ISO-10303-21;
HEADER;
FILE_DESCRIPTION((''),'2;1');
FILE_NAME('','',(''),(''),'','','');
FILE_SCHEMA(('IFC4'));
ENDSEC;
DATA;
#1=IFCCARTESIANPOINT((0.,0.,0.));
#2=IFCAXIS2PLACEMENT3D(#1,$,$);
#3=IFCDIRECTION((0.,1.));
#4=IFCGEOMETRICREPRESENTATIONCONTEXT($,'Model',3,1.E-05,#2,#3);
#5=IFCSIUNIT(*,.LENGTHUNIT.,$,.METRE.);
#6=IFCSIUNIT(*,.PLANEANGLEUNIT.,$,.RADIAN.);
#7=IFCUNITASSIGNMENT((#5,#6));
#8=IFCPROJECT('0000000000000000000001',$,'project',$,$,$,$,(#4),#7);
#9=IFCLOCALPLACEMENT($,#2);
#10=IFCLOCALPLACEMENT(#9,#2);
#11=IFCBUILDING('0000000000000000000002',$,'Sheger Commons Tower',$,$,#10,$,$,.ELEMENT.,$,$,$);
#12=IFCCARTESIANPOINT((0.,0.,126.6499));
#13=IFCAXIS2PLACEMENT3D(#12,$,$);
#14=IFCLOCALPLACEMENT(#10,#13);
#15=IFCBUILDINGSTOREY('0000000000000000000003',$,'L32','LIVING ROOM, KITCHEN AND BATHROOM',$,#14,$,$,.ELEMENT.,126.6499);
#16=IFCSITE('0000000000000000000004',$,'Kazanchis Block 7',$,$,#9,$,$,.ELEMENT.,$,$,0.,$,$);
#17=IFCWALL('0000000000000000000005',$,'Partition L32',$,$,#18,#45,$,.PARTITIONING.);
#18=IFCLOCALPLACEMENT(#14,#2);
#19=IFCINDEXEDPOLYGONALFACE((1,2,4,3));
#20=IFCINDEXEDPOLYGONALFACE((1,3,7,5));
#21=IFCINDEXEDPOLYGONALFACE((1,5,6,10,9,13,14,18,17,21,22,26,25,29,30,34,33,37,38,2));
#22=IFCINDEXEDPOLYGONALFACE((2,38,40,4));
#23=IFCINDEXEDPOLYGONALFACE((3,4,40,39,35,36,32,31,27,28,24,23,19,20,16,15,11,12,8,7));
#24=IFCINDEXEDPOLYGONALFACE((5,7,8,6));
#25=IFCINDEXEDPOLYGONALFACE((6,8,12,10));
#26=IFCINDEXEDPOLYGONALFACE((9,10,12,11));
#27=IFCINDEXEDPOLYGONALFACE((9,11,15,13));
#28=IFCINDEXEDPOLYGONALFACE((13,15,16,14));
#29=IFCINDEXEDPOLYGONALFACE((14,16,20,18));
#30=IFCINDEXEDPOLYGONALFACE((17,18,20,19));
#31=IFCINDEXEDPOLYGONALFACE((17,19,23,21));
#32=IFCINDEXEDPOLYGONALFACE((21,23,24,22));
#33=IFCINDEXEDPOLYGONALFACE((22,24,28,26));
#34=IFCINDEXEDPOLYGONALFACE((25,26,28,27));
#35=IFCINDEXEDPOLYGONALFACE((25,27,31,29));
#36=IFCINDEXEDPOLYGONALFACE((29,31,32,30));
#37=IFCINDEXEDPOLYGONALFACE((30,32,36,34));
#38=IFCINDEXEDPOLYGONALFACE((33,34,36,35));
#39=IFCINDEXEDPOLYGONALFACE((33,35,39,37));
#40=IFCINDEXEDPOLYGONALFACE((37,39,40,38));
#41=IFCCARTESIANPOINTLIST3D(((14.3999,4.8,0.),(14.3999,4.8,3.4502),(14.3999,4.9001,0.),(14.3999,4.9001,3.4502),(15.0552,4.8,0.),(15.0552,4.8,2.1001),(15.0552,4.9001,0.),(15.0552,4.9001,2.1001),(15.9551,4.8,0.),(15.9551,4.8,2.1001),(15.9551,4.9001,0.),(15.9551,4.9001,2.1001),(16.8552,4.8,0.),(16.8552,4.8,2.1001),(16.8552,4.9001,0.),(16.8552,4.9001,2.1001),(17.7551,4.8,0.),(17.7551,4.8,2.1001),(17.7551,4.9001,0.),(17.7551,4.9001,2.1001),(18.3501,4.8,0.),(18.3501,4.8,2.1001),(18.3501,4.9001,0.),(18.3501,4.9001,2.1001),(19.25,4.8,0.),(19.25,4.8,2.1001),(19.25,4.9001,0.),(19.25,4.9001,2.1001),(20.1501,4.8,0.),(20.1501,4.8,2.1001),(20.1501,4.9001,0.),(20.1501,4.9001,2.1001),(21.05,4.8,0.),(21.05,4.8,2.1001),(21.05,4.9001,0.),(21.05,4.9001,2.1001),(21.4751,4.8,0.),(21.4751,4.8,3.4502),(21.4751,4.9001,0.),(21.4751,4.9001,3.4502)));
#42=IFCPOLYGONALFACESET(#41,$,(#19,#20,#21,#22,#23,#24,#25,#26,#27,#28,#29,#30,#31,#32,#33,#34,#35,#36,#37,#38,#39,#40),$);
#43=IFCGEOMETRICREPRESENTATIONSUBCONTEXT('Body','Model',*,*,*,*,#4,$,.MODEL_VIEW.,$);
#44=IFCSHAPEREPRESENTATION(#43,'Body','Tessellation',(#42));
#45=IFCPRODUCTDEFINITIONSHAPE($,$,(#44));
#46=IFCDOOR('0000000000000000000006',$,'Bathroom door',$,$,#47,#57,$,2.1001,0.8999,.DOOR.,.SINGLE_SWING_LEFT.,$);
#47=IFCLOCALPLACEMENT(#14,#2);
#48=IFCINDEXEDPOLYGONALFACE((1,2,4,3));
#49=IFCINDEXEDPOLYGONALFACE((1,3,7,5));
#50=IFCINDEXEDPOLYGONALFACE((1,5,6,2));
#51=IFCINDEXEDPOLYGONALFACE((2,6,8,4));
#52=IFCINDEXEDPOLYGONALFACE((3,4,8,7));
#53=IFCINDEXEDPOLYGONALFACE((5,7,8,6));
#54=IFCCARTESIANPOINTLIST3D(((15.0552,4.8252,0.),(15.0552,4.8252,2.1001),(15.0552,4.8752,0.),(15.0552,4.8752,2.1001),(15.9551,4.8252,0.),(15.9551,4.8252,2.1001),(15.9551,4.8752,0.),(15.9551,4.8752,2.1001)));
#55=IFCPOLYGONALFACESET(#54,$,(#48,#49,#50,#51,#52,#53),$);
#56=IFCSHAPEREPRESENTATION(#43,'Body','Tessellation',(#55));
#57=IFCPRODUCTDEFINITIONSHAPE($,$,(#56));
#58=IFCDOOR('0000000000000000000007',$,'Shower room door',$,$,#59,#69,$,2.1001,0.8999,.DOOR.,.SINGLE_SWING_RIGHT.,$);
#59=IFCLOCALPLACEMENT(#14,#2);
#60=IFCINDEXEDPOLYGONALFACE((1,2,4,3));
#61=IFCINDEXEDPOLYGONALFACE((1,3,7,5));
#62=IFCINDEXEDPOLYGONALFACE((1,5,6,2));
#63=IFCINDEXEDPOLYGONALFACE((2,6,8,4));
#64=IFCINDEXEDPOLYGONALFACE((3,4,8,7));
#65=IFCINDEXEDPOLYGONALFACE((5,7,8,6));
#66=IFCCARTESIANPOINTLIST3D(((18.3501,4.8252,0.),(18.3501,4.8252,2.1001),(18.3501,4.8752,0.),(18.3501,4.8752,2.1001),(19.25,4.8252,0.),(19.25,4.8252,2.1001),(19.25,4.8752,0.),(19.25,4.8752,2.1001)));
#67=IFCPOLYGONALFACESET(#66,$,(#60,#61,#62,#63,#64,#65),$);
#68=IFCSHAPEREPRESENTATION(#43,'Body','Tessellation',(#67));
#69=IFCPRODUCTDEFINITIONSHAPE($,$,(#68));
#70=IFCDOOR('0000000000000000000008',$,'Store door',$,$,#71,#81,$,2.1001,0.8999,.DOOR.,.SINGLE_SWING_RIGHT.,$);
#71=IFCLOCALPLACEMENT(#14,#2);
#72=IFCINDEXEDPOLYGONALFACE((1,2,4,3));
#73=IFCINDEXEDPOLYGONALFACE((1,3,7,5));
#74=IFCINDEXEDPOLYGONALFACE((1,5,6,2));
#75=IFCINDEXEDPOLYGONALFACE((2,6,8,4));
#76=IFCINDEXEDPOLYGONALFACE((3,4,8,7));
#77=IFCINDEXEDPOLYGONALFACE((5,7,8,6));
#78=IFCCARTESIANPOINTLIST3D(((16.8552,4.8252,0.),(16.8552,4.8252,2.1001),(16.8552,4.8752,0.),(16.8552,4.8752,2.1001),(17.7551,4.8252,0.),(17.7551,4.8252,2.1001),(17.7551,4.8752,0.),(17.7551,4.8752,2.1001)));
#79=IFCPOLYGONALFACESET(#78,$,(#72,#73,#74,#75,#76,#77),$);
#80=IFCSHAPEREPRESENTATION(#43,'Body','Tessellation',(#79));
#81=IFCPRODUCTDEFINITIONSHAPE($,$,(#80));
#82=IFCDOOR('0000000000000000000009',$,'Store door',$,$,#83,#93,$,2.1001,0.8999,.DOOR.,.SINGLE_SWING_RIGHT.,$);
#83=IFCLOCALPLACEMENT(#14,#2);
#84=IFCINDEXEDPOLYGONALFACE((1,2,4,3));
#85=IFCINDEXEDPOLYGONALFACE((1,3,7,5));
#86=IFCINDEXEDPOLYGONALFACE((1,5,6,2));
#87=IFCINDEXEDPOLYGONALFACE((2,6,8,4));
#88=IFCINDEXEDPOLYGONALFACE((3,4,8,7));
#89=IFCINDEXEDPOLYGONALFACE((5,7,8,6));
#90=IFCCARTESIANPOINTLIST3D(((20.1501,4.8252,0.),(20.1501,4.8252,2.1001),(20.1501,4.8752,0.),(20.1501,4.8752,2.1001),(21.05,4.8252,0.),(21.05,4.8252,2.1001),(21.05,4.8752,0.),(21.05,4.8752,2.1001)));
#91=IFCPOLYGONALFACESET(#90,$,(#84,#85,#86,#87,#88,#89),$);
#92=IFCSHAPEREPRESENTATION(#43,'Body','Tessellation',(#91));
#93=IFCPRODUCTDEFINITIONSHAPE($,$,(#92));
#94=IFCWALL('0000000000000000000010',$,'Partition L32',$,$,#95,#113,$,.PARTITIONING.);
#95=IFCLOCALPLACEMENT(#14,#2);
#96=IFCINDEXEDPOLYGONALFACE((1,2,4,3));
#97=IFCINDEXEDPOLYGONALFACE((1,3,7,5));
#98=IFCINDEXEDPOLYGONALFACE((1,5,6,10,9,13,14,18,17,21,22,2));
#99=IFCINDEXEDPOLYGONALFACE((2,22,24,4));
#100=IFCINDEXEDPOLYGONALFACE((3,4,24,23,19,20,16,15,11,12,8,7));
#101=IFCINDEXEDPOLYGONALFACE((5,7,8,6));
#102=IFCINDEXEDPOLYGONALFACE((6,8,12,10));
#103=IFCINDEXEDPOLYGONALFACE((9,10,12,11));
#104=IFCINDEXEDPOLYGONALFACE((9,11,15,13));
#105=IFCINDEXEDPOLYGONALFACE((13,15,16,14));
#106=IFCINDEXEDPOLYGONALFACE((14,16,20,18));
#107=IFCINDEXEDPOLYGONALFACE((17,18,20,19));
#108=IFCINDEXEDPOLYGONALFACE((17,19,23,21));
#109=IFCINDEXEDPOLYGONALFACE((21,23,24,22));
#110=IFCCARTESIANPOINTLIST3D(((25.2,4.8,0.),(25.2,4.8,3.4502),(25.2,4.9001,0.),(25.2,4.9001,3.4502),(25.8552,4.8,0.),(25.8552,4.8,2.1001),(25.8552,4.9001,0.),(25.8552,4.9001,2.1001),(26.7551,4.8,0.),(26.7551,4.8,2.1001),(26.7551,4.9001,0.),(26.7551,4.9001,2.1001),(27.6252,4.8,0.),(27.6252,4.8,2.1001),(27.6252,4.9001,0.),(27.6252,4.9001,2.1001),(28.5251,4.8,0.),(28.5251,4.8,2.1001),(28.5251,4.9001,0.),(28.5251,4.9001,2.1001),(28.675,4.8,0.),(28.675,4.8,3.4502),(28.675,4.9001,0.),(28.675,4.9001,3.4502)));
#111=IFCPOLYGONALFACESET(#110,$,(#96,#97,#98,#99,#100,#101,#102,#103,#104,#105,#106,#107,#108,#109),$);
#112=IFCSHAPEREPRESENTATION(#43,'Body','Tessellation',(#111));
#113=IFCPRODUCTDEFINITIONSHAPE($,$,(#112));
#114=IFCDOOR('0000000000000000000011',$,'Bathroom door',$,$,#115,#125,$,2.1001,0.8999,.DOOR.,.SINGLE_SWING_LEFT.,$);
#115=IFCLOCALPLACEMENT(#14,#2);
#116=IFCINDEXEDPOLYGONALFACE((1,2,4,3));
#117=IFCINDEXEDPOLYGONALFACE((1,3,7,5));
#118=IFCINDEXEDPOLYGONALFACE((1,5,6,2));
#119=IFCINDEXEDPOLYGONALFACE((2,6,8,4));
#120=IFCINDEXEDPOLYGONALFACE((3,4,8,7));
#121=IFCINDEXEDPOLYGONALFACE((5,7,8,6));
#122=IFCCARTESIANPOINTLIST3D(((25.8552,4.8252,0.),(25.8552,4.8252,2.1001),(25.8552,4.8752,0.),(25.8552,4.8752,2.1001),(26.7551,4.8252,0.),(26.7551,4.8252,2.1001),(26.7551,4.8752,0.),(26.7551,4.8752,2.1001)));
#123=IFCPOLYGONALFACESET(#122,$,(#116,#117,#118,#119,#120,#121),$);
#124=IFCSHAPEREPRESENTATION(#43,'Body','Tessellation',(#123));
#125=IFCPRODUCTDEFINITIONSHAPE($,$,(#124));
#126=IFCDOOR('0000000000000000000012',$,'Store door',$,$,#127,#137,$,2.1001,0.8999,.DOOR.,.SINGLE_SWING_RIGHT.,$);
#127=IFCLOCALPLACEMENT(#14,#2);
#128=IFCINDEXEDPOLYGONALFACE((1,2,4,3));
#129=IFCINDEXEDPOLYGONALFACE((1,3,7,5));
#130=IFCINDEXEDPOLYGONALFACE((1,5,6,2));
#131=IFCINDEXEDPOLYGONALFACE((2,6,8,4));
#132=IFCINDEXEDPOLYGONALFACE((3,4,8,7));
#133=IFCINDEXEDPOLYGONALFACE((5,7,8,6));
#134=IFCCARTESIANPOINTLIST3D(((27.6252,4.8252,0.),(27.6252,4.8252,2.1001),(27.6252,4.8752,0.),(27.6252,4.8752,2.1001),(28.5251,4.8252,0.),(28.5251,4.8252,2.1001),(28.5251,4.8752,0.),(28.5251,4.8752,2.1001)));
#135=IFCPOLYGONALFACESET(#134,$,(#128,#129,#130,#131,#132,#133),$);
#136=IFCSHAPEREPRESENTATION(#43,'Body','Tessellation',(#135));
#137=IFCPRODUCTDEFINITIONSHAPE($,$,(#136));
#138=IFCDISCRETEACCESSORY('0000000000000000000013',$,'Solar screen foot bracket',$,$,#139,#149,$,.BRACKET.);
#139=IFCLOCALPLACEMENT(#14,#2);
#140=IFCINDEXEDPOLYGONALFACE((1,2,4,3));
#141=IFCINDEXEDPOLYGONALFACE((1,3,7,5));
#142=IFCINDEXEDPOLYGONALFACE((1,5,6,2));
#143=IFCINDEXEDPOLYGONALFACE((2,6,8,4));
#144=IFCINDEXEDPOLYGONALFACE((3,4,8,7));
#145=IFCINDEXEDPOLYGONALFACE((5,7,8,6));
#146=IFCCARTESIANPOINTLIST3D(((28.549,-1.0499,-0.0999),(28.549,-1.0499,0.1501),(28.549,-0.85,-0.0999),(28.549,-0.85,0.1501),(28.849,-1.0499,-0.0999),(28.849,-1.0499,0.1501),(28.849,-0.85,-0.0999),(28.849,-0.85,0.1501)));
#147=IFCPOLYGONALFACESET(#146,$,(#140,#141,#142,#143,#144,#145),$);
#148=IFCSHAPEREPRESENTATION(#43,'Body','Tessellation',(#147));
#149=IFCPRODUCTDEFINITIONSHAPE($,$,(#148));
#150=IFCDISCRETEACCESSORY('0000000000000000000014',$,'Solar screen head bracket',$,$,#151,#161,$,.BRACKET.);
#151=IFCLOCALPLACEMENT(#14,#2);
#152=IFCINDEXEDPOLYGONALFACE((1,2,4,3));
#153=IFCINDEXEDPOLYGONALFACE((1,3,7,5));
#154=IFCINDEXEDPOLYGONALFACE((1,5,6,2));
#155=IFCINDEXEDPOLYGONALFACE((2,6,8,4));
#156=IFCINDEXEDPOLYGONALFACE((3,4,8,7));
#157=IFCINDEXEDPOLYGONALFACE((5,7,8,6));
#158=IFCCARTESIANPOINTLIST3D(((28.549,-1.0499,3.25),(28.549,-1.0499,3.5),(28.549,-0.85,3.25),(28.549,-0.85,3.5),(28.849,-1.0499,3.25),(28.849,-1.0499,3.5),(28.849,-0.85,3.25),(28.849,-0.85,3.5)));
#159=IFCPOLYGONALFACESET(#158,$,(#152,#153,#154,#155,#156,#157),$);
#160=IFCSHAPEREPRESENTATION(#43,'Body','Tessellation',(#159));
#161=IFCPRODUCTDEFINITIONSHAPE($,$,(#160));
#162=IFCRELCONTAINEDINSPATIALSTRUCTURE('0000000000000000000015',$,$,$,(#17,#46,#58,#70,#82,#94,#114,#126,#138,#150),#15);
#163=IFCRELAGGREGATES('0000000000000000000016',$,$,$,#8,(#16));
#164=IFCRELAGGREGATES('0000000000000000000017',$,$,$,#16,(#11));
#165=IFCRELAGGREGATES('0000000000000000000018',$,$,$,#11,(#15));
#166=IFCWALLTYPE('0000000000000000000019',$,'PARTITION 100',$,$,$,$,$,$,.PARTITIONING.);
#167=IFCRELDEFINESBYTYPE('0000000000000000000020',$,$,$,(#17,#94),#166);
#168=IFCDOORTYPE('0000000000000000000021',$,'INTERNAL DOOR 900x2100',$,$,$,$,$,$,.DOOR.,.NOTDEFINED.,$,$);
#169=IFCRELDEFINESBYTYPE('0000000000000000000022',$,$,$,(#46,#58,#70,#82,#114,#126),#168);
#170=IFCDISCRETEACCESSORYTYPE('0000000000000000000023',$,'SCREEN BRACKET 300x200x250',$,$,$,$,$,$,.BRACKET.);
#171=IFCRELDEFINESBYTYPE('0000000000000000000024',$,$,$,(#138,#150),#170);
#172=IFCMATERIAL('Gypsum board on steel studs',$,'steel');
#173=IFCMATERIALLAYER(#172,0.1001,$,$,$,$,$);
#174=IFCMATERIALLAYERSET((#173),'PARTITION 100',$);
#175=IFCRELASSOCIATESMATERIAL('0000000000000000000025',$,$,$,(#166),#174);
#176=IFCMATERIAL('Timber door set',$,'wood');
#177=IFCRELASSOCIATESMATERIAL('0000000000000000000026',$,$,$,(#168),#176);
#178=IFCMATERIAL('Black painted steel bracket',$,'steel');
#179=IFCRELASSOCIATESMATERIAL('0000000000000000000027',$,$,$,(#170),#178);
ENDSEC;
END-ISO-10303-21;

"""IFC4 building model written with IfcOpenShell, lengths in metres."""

from ifc_helpers import new_model, si_unit, direction, frame, frame_2d, origin, origin_2d, place, context, subcontext, project, spatial, rectangle, extrude, material, layer, layer_set, type_object, element, fill, save


model = new_model("IFC4")

# Units and contexts
model_context = context("Model", 3, precision=1e-05, world=origin(), true_north=direction((0.0, 1.0)))
body_context = subcontext(model_context, "Body", "Model", "MODEL_VIEW")
ifc_project = project(units=[si_unit("LENGTHUNIT", "METRE"), si_unit("PLANEANGLEUNIT", "RADIAN")], contexts=[model_context])

# Site, building, storey
site_placement = place(None, origin())
site = spatial("IfcSite", under=ifc_project, at=site_placement, Name="Kazanchis Block 7", CompositionType="ELEMENT", RefElevation=0.0)
building_placement = place(site_placement, origin())
building = spatial("IfcBuilding", under=site, at=building_placement, Name="Sheger Commons Tower", CompositionType="ELEMENT")
storey_placement = place(building_placement, frame((0.0, 0.0, 126.6499)))
storey = spatial("IfcBuildingStorey", under=building, at=storey_placement, Name="L32", Description="LIVING ROOM, KITCHEN AND BATHROOM", CompositionType="ELEMENT", Elevation=126.6499)

# Walls, openings, doors
ifc_material_1 = material(Name="Gypsum board on steel studs", Category="steel")
ifc_layer_1 = layer(ifc_material_1, 0.1001)
ifc_layer_set_1 = layer_set([ifc_layer_1], Name="PARTITION 100")
wall_type_1 = type_object("IfcWallType", Name="PARTITION 100", PredefinedType="PARTITIONING", material=ifc_layer_set_1)
ifc_material_2 = material(Name="Timber door set", Category="wood")
door_type = type_object("IfcDoorType", Name="INTERNAL DOOR 900x2100", OperationType="NOTDEFINED", PredefinedType="DOOR", material=ifc_material_2)
wall_1_placement = place(storey_placement, frame((21.4751, 4.8501, 0.0), z_axis=(0.0, 0.0, 1.0), x_axis=(-1.0, 0.0, 0.0)))
wall_1 = element("IfcWall", 1, at=wall_1_placement, inside=storey, type_object=wall_type_1, Name="Partition L32", PredefinedType="PARTITIONING", context=body_context, shape_type="SweptSolid", body=[
    extrude(rectangle(XDim=7.0752, YDim=0.1001, at=frame_2d((3.5376, 0.0))), origin(), (0.0, 0.0, 1.0), 3.4502),
])
opening_1_placement = place(wall_1_placement, frame((5.52, 0.0, 0.0)))
opening_1 = element("IfcOpeningElement", 2, at=opening_1_placement, cuts=wall_1, PredefinedType="OPENING", context=body_context, shape_type="SweptSolid", body=[
    extrude(rectangle(XDim=0.8999, YDim=2.1001, at=frame_2d((0.45, 1.05))), frame((0.0, 0.0601, 0.0), z_axis=(0.0, -1.0, 0.0), x_axis=(1.0, 0.0, 0.0)), (0.0, 0.0, 1.0), 0.1201),
])
opening_2_placement = place(wall_1_placement, frame((2.2251, 0.0, 0.0)))
opening_2 = element("IfcOpeningElement", 3, at=opening_2_placement, cuts=wall_1, PredefinedType="OPENING", context=body_context, shape_type="SweptSolid", body=[
    extrude(rectangle(XDim=0.8999, YDim=2.1001, at=frame_2d((0.45, 1.05))), frame((0.0, 0.0601, 0.0), z_axis=(0.0, -1.0, 0.0), x_axis=(1.0, 0.0, 0.0)), (0.0, 0.0, 1.0), 0.1201),
])
opening_3_placement = place(wall_1_placement, frame((3.72, 0.0, 0.0)))
opening_3 = element("IfcOpeningElement", 4, at=opening_3_placement, cuts=wall_1, PredefinedType="OPENING", context=body_context, shape_type="SweptSolid", body=[
    extrude(rectangle(XDim=0.8999, YDim=2.1001, at=frame_2d((0.45, 1.05))), frame((0.0, 0.0601, 0.0), z_axis=(0.0, -1.0, 0.0), x_axis=(1.0, 0.0, 0.0)), (0.0, 0.0, 1.0), 0.1201),
])
opening_4_placement = place(wall_1_placement, frame((0.425, 0.0, 0.0)))
opening_4 = element("IfcOpeningElement", 5, at=opening_4_placement, cuts=wall_1, PredefinedType="OPENING", context=body_context, shape_type="SweptSolid", body=[
    extrude(rectangle(XDim=0.8999, YDim=2.1001, at=frame_2d((0.45, 1.05))), frame((0.0, 0.0601, 0.0), z_axis=(0.0, -1.0, 0.0), x_axis=(1.0, 0.0, 0.0)), (0.0, 0.0, 1.0), 0.1201),
])
door_1_placement = place(opening_1_placement, origin())
door_1 = element("IfcDoor", 6, at=door_1_placement, inside=storey, type_object=door_type, Name="Bathroom door", OperationType="SINGLE_SWING_LEFT", OverallHeight=2.1001, OverallWidth=0.8999, PredefinedType="DOOR", context=body_context, shape_type="SweptSolid", body=[
    extrude(rectangle(XDim=0.8999, YDim=2.1001, at=frame_2d((0.45, 1.05))), frame((0.0, 0.0249, 0.0), z_axis=(0.0, -1.0, 0.0), x_axis=(1.0, 0.0, 0.0)), (0.0, 0.0, 1.0), 0.05),
])
fill(opening_1, door_1)
door_2_placement = place(opening_2_placement, origin())
door_2 = element("IfcDoor", 7, at=door_2_placement, inside=storey, type_object=door_type, Name="Shower room door", OperationType="SINGLE_SWING_RIGHT", OverallHeight=2.1001, OverallWidth=0.8999, PredefinedType="DOOR", context=body_context, shape_type="SweptSolid", body=[
    extrude(rectangle(XDim=0.8999, YDim=2.1001, at=frame_2d((0.45, 1.05))), frame((0.0, 0.0249, 0.0), z_axis=(0.0, -1.0, 0.0), x_axis=(1.0, 0.0, 0.0)), (0.0, 0.0, 1.0), 0.05),
])
fill(opening_2, door_2)
door_3_placement = place(opening_3_placement, origin())
door_3 = element("IfcDoor", 8, at=door_3_placement, inside=storey, type_object=door_type, Name="Store door", OperationType="SINGLE_SWING_RIGHT", OverallHeight=2.1001, OverallWidth=0.8999, PredefinedType="DOOR", context=body_context, shape_type="SweptSolid", body=[
    extrude(rectangle(XDim=0.8999, YDim=2.1001, at=frame_2d((0.45, 1.05))), frame((0.0, 0.0249, 0.0), z_axis=(0.0, -1.0, 0.0), x_axis=(1.0, 0.0, 0.0)), (0.0, 0.0, 1.0), 0.05),
])
fill(opening_3, door_3)
door_4_placement = place(opening_4_placement, origin())
door_4 = element("IfcDoor", 9, at=door_4_placement, inside=storey, type_object=door_type, Name="Store door", OperationType="SINGLE_SWING_RIGHT", OverallHeight=2.1001, OverallWidth=0.8999, PredefinedType="DOOR", context=body_context, shape_type="SweptSolid", body=[
    extrude(rectangle(XDim=0.8999, YDim=2.1001, at=frame_2d((0.45, 1.05))), frame((0.0, 0.0249, 0.0), z_axis=(0.0, -1.0, 0.0), x_axis=(1.0, 0.0, 0.0)), (0.0, 0.0, 1.0), 0.05),
])
fill(opening_4, door_4)
wall_2_placement = place(storey_placement, frame((28.675, 4.8501, 0.0), z_axis=(0.0, 0.0, 1.0), x_axis=(-1.0, 0.0, 0.0)))
wall_2 = element("IfcWall", 10, at=wall_2_placement, inside=storey, type_object=wall_type_1, Name="Partition L32", PredefinedType="PARTITIONING", context=body_context, shape_type="SweptSolid", body=[
    extrude(rectangle(XDim=3.4751, YDim=0.1001, at=frame_2d((1.7375, 0.0))), origin(), (0.0, 0.0, 1.0), 3.4502),
])
opening_5_placement = place(wall_2_placement, frame((1.9199, 0.0, 0.0)))
opening_5 = element("IfcOpeningElement", 11, at=opening_5_placement, cuts=wall_2, PredefinedType="OPENING", context=body_context, shape_type="SweptSolid", body=[
    extrude(rectangle(XDim=0.8999, YDim=2.1001, at=frame_2d((0.45, 1.05))), frame((0.0, 0.0601, 0.0), z_axis=(0.0, -1.0, 0.0), x_axis=(1.0, 0.0, 0.0)), (0.0, 0.0, 1.0), 0.1201),
])
opening_6_placement = place(wall_2_placement, frame((0.1499, 0.0, 0.0)))
opening_6 = element("IfcOpeningElement", 12, at=opening_6_placement, cuts=wall_2, PredefinedType="OPENING", context=body_context, shape_type="SweptSolid", body=[
    extrude(rectangle(XDim=0.8999, YDim=2.1001, at=frame_2d((0.45, 1.05))), frame((0.0, 0.0601, 0.0), z_axis=(0.0, -1.0, 0.0), x_axis=(1.0, 0.0, 0.0)), (0.0, 0.0, 1.0), 0.1201),
])
door_5_placement = place(opening_5_placement, origin())
door_5 = element("IfcDoor", 13, at=door_5_placement, inside=storey, type_object=door_type, Name="Bathroom door", OperationType="SINGLE_SWING_LEFT", OverallHeight=2.1001, OverallWidth=0.8999, PredefinedType="DOOR", context=body_context, shape_type="SweptSolid", body=[
    extrude(rectangle(XDim=0.8999, YDim=2.1001, at=frame_2d((0.45, 1.05))), frame((0.0, 0.0249, 0.0), z_axis=(0.0, -1.0, 0.0), x_axis=(1.0, 0.0, 0.0)), (0.0, 0.0, 1.0), 0.05),
])
fill(opening_5, door_5)
door_6_placement = place(opening_6_placement, origin())
door_6 = element("IfcDoor", 14, at=door_6_placement, inside=storey, type_object=door_type, Name="Store door", OperationType="SINGLE_SWING_RIGHT", OverallHeight=2.1001, OverallWidth=0.8999, PredefinedType="DOOR", context=body_context, shape_type="SweptSolid", body=[
    extrude(rectangle(XDim=0.8999, YDim=2.1001, at=frame_2d((0.45, 1.05))), frame((0.0, 0.0249, 0.0), z_axis=(0.0, -1.0, 0.0), x_axis=(1.0, 0.0, 0.0)), (0.0, 0.0, 1.0), 0.05),
])
fill(opening_6, door_6)

# Discrete accessories
ifc_material_3 = material(Name="Black painted steel bracket", Category="steel")
discrete_accessory_type = type_object("IfcDiscreteAccessoryType", Name="SCREEN BRACKET 300x200x250", PredefinedType="BRACKET", material=ifc_material_3)
for number, where, z_axis, x_axis, name in (
    (15, (28.699, -0.95, -0.0999), (0.0, 0.0, 1.0), (1.0, 0.0, 0.0), "Solar screen foot bracket"),
    (16, (28.699, -0.95, 3.25), (0.0, 0.0, 1.0), (1.0, 0.0, 0.0), "Solar screen head bracket"),
):
    element("IfcDiscreteAccessory", number, at=place(storey_placement, frame(where, z_axis=z_axis, x_axis=x_axis)), inside=storey, type_object=discrete_accessory_type, Name=name, PredefinedType="BRACKET", context=body_context, shape_type="SweptSolid", body=[
        extrude(rectangle(XDim=0.3, YDim=0.2, at=origin_2d()), origin(), (0.0, 0.0, 1.0), 0.25),
    ])

save(model, "model.ifc")
